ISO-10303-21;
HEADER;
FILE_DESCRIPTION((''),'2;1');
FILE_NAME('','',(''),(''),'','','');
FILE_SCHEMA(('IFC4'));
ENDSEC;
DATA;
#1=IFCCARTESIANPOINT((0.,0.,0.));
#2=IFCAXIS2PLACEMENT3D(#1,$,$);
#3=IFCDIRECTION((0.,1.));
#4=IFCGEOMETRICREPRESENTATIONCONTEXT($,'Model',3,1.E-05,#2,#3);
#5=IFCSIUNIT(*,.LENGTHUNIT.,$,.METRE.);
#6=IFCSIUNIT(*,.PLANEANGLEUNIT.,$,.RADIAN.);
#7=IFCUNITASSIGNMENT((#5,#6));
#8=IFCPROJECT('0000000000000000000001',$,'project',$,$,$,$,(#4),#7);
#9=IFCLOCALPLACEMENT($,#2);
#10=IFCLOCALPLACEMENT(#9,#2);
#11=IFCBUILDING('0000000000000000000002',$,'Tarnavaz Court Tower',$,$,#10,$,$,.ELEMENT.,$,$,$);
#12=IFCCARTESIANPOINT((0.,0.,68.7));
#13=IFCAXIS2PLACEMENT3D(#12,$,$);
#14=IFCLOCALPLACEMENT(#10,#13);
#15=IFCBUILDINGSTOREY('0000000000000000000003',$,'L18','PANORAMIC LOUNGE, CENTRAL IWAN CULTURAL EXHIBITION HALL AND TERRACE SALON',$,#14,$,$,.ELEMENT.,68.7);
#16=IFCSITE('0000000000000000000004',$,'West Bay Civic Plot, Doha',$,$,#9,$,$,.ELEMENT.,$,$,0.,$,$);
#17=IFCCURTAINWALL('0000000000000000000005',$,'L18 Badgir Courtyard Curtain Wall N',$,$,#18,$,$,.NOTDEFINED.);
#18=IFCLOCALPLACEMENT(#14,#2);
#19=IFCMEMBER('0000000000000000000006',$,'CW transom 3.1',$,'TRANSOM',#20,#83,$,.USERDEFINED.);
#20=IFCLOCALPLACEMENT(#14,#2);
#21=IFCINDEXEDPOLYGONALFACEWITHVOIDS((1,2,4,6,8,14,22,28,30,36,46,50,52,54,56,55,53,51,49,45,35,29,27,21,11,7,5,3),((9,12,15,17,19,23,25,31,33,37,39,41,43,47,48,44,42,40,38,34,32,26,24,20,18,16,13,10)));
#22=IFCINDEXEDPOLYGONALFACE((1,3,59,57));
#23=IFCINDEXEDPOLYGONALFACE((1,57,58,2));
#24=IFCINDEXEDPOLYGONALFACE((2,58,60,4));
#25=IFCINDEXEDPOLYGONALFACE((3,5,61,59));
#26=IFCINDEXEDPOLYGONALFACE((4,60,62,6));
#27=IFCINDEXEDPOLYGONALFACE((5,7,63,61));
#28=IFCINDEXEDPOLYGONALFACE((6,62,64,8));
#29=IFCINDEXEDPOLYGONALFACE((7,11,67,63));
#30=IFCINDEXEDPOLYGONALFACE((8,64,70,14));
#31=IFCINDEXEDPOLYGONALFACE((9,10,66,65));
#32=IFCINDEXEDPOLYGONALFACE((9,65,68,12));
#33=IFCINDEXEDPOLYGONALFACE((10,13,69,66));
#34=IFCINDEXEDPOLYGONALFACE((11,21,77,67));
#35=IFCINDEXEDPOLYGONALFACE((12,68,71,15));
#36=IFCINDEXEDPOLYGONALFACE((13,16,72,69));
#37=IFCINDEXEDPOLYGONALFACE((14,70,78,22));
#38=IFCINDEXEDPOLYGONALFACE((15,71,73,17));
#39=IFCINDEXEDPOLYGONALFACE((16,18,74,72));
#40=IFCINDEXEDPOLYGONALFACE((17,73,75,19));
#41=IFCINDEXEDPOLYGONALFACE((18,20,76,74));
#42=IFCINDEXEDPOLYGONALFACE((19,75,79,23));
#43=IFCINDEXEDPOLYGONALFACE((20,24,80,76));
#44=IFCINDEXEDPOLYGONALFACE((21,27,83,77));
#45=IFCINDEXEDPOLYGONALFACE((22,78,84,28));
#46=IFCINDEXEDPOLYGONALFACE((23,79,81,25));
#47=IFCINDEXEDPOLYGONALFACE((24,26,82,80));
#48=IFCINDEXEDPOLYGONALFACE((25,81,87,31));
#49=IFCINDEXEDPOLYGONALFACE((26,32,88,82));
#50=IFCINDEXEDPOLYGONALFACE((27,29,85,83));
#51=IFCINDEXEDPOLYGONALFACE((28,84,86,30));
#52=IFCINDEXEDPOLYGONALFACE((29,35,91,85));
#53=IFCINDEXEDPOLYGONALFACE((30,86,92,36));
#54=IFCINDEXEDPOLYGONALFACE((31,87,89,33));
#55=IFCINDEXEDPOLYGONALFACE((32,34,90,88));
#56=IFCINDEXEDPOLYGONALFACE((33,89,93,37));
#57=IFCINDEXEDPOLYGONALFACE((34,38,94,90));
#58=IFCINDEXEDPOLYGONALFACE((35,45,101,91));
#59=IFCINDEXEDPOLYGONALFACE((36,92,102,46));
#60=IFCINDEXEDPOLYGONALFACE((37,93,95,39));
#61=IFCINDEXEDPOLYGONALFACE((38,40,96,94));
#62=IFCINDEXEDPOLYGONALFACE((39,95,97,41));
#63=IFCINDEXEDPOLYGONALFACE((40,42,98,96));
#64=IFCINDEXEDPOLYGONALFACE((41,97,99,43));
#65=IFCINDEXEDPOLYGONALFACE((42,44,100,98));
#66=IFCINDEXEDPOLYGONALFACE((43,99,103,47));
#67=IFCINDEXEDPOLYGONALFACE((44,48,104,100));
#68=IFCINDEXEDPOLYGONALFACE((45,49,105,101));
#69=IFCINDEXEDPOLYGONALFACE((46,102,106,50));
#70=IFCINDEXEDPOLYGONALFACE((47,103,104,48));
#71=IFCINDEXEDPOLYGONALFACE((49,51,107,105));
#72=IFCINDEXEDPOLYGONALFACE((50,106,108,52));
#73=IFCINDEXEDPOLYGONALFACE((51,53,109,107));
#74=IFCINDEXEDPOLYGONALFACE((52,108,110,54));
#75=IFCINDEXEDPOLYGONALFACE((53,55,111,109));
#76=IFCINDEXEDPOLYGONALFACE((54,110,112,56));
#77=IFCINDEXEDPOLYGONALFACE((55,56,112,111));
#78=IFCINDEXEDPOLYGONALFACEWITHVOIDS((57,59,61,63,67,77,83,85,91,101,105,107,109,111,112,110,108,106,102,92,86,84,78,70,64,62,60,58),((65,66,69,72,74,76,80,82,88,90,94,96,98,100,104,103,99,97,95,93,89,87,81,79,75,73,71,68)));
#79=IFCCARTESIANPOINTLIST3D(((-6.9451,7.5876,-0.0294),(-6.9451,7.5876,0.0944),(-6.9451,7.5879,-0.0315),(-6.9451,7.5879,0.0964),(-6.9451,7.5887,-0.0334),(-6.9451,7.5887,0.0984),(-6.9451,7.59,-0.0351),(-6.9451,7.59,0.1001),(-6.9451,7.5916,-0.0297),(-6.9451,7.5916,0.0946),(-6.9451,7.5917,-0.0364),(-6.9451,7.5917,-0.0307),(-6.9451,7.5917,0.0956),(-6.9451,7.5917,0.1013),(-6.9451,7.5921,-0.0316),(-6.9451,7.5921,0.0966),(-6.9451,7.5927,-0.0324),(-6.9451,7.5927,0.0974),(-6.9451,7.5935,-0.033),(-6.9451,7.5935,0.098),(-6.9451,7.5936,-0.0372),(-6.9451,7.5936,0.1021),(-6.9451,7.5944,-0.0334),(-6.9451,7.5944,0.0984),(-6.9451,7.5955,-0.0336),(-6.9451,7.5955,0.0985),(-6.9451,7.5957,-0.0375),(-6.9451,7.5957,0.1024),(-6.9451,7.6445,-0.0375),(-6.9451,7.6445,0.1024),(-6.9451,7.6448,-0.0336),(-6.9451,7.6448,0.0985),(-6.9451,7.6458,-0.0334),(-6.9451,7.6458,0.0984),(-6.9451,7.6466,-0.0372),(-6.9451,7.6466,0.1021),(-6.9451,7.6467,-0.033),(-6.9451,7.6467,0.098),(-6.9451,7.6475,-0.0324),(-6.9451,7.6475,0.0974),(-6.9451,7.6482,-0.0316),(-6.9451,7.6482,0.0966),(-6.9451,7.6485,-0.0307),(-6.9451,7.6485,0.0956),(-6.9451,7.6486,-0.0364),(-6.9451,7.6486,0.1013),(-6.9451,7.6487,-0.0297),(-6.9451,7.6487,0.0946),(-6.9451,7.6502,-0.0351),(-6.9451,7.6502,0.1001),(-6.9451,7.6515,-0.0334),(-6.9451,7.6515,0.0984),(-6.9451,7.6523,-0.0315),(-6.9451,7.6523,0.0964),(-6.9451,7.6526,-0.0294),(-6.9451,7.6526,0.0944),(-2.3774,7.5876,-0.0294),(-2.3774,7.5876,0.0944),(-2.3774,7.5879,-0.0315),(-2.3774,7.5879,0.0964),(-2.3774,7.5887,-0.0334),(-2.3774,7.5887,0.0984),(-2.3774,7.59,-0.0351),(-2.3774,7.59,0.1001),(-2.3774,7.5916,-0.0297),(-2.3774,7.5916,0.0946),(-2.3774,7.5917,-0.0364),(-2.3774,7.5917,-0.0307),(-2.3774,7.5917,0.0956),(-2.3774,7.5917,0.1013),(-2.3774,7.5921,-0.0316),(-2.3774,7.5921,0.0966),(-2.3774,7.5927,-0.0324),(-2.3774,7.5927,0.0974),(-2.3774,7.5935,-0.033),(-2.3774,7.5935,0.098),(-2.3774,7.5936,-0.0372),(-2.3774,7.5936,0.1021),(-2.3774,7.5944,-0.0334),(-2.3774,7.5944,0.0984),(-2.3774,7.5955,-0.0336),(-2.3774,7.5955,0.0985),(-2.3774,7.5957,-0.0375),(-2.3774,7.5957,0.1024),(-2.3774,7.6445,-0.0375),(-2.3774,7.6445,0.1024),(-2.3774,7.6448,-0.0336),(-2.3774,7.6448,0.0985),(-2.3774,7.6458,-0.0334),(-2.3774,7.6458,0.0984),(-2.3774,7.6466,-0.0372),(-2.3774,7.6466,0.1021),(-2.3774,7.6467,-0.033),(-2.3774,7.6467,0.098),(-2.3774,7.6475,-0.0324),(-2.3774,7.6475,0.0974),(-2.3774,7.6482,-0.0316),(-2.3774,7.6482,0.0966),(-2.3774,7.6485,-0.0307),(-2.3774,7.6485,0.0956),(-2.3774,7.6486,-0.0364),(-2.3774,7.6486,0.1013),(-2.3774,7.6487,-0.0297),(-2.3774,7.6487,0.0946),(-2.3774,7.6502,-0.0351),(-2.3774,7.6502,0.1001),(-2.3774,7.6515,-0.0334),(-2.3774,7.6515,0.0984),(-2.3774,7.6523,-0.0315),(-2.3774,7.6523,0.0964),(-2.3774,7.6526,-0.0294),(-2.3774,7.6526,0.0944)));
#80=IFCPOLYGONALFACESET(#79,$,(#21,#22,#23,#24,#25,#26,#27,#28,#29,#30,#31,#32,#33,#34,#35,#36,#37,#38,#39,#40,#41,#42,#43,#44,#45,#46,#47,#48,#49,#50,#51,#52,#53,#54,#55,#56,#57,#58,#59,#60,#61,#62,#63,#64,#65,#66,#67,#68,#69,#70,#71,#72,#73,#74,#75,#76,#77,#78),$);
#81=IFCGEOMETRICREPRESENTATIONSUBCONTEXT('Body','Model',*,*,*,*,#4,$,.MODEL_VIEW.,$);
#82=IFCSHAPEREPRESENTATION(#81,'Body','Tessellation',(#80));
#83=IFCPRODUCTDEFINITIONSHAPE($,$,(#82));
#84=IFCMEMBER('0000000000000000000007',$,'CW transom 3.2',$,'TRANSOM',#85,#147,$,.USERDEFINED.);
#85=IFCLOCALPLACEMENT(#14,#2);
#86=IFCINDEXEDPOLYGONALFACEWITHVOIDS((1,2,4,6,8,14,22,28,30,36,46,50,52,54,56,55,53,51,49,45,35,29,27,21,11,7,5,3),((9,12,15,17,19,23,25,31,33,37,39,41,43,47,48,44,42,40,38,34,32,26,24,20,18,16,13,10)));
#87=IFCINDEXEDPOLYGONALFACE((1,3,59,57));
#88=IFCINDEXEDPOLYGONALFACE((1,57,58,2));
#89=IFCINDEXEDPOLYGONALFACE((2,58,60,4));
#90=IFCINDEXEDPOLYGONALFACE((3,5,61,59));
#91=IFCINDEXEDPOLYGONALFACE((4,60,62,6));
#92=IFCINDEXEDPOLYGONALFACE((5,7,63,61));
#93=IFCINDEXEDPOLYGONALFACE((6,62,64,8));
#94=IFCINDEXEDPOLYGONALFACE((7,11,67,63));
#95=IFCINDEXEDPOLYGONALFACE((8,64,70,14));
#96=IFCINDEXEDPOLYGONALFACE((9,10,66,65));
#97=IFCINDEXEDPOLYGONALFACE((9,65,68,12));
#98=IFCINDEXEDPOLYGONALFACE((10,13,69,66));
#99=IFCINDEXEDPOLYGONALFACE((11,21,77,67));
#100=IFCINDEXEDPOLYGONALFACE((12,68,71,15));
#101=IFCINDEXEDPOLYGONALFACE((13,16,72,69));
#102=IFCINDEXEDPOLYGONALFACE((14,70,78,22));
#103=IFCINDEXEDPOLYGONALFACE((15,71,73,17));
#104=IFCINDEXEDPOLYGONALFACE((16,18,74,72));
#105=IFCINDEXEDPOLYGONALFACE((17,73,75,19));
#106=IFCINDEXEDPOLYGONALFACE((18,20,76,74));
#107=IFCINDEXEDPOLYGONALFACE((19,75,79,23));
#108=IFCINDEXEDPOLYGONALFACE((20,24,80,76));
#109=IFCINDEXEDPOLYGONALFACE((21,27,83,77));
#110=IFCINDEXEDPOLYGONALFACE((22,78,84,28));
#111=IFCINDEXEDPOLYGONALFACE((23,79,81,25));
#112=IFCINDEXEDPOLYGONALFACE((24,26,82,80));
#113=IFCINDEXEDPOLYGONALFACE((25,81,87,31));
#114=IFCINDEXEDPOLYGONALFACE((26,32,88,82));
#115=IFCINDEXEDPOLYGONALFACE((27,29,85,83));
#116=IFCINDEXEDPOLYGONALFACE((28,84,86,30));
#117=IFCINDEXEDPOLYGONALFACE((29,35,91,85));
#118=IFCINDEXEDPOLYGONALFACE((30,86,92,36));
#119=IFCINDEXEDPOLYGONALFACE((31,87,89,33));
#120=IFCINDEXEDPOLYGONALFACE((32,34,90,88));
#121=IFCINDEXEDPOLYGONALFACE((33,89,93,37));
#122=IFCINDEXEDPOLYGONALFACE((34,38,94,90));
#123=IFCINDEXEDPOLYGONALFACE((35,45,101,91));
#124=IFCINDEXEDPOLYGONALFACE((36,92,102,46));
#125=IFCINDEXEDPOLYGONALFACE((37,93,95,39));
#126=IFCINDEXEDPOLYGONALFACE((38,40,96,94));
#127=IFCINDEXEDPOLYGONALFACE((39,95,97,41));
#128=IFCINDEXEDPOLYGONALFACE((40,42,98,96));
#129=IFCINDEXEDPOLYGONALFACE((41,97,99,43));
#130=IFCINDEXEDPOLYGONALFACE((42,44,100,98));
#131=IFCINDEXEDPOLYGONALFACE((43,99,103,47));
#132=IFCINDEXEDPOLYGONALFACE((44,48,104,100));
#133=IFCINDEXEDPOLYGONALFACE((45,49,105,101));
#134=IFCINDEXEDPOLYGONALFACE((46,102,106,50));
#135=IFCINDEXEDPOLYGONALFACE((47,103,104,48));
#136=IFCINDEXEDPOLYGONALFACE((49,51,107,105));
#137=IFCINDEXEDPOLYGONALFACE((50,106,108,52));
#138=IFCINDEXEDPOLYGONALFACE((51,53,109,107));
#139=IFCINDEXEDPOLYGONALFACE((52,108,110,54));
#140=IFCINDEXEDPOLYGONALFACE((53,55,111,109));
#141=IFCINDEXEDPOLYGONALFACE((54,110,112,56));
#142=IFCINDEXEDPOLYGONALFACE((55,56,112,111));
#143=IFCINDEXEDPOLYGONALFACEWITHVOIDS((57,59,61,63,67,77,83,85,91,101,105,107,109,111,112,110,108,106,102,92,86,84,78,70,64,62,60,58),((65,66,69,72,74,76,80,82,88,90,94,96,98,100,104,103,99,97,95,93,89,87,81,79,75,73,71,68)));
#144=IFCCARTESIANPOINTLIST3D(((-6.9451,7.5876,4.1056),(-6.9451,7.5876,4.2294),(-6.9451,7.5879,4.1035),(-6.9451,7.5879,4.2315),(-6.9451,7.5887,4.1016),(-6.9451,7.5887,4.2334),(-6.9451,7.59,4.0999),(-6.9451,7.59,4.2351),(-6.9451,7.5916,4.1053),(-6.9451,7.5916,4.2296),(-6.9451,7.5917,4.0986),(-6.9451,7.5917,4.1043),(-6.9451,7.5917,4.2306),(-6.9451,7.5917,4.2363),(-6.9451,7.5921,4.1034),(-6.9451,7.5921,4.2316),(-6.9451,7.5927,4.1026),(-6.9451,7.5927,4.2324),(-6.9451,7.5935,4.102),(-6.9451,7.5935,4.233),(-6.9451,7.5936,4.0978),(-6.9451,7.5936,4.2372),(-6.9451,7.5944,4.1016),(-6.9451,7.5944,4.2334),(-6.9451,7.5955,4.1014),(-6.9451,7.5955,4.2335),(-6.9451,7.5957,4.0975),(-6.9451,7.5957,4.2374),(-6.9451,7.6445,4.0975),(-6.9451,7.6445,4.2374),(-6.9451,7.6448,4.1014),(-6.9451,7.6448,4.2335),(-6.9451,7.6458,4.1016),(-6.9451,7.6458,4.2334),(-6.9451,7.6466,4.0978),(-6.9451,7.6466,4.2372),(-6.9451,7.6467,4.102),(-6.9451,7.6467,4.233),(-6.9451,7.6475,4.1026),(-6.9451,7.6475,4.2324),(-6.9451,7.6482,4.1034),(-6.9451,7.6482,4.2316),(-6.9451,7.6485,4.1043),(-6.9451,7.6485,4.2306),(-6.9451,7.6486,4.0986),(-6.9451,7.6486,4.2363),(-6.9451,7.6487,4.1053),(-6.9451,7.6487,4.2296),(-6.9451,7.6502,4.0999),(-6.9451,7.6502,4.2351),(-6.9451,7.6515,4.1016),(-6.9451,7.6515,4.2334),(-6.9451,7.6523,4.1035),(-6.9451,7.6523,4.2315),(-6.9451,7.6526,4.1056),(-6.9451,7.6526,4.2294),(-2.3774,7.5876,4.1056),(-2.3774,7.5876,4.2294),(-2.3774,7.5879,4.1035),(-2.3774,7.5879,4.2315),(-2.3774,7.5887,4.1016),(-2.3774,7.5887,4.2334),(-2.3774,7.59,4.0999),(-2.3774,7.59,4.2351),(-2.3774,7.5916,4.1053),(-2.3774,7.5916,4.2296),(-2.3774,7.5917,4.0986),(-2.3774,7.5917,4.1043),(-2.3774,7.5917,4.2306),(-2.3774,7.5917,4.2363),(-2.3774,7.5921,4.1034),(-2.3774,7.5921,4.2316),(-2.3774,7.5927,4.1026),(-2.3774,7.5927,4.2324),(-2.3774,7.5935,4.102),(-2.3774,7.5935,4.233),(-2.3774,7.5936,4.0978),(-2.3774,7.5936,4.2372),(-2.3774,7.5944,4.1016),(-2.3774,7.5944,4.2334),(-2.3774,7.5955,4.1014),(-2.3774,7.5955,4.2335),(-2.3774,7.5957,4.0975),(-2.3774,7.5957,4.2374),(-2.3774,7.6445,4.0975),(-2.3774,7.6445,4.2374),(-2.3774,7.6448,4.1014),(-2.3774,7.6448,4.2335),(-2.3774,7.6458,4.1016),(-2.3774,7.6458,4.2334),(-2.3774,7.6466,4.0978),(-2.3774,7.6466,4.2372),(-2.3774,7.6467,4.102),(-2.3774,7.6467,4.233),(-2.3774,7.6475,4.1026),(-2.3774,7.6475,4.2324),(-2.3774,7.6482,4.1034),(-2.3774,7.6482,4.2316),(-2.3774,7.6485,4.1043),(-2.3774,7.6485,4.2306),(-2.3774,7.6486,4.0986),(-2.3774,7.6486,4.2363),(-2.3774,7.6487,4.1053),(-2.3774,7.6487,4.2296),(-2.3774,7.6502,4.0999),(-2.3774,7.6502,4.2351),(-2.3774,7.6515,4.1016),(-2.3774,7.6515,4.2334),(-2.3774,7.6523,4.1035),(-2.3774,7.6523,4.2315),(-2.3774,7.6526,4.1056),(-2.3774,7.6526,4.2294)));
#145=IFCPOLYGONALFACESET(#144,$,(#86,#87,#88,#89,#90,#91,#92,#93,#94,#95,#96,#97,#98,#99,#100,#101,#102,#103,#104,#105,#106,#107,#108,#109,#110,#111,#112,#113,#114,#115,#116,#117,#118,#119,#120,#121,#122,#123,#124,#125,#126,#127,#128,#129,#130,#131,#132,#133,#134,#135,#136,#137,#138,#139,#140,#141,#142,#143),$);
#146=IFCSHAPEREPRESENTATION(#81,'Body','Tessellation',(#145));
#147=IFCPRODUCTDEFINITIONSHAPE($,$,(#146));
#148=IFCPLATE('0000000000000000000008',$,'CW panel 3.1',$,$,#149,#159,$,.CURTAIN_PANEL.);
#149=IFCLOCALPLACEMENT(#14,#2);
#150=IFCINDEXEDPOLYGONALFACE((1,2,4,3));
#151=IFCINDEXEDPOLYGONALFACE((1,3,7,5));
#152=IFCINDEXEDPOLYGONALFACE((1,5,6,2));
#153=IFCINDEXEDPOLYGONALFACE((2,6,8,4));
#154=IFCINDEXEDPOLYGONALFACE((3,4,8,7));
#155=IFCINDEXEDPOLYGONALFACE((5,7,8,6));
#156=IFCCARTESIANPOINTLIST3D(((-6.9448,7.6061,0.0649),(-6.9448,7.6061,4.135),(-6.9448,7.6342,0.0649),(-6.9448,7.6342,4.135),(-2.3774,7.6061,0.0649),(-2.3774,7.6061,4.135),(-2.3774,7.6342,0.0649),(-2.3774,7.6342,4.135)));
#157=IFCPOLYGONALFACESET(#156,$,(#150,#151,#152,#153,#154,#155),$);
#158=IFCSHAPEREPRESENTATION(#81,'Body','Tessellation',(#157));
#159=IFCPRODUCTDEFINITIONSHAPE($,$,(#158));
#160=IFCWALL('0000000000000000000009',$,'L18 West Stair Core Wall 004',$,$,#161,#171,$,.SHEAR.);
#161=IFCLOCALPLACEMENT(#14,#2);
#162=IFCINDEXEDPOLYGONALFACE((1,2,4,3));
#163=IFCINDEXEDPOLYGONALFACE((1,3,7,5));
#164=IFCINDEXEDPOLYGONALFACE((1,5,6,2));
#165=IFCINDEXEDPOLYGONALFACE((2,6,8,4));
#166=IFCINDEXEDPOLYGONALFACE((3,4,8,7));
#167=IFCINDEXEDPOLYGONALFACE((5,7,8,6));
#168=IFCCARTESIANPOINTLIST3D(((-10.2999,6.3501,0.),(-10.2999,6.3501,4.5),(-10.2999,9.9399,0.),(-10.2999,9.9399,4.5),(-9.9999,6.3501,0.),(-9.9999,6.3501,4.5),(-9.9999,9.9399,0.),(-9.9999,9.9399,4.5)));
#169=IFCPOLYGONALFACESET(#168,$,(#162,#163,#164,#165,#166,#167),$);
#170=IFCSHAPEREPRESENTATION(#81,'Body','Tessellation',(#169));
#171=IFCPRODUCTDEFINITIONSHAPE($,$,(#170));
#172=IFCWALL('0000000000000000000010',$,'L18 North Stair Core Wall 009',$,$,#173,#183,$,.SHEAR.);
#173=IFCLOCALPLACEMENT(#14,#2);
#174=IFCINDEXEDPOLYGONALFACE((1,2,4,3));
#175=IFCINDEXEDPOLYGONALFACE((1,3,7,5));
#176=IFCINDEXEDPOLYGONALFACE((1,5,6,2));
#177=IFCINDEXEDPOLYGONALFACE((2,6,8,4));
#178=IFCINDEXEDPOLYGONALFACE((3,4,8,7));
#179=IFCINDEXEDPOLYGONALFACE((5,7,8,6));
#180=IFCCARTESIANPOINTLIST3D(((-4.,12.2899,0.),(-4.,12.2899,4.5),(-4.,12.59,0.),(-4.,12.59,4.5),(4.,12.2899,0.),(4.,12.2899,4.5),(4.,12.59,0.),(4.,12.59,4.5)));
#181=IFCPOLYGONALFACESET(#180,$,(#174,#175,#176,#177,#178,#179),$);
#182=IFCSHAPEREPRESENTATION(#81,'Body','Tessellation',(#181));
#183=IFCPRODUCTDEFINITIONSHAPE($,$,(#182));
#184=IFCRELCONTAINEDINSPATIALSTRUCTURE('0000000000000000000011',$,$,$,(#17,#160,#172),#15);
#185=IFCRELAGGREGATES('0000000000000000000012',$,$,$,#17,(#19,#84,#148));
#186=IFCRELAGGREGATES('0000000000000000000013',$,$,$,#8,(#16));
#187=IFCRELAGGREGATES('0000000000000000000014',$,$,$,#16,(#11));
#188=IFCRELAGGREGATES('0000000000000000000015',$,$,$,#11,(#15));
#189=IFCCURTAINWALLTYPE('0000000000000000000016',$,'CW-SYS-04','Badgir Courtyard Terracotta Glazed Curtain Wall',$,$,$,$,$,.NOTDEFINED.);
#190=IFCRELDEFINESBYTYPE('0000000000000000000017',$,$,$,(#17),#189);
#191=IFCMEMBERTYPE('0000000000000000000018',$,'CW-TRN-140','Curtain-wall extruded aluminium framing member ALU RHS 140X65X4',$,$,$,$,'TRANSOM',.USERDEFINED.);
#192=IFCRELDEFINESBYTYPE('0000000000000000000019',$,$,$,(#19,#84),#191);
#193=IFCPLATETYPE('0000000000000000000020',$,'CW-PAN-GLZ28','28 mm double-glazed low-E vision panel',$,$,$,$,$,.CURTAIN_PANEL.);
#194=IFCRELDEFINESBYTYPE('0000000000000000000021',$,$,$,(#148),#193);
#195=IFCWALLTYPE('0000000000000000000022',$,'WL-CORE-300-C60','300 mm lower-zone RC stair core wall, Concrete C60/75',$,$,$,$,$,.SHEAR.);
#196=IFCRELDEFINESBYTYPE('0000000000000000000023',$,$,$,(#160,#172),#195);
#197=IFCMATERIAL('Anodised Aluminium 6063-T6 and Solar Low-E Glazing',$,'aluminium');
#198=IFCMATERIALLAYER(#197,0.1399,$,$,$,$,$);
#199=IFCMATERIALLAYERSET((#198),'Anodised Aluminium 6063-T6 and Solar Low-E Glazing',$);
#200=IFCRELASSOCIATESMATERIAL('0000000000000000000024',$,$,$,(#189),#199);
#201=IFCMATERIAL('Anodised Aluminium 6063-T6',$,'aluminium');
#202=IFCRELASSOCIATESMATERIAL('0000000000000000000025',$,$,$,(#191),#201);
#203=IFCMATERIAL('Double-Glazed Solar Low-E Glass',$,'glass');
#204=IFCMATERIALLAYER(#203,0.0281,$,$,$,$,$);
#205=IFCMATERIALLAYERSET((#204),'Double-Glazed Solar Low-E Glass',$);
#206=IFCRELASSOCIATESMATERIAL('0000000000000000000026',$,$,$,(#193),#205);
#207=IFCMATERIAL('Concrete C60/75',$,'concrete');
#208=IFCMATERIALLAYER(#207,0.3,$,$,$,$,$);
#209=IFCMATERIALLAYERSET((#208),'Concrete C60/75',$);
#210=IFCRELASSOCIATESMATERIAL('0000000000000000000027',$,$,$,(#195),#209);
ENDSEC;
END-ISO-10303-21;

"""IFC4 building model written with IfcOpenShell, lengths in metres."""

from ifc_helpers import new_model, si_unit, direction, frame, frame_2d, origin, origin_2d, place, context, subcontext, project, spatial, rectangle, hollow_rectangle, extrude, material, layer, layer_set, material_profile, profile_set, type_object, element, aggregate, save


model = new_model("IFC4")

# Units and contexts
model_context = context("Model", 3, precision=1e-05, world=origin(), true_north=direction((0.0, 1.0)))
body_context = subcontext(model_context, "Body", "Model", "MODEL_VIEW")
ifc_project = project(units=[si_unit("LENGTHUNIT", "METRE"), si_unit("PLANEANGLEUNIT", "RADIAN")], contexts=[model_context])

# Site, building, storey
site_placement = place(None, origin())
site = spatial("IfcSite", under=ifc_project, at=site_placement, Name="West Bay Civic Plot, Doha", CompositionType="ELEMENT", RefElevation=0.0)
building_placement = place(site_placement, origin())
building = spatial("IfcBuilding", under=site, at=building_placement, Name="Tarnavaz Court Tower", CompositionType="ELEMENT")
storey_placement = place(building_placement, frame((0.0, 0.0, 68.7)))
storey = spatial("IfcBuildingStorey", under=building, at=storey_placement, Name="L18", Description="PANORAMIC LOUNGE, CENTRAL IWAN CULTURAL EXHIBITION HALL AND TERRACE SALON", CompositionType="ELEMENT", Elevation=68.7)

# Shared definitions
ifc_material_1 = material(Name="Concrete C60/75", Category="concrete")

# Curtain wall, members, plate
ifc_material_2 = material(Name="Anodised Aluminium 6063-T6 and Solar Low-E Glazing", Category="aluminium")
ifc_layer_1 = layer(ifc_material_2, 0.1399)
ifc_layer_set_1 = layer_set([ifc_layer_1], Name="Anodised Aluminium 6063-T6 and Solar Low-E Glazing")
curtain_wall_type = type_object("IfcCurtainWallType", Name="CW-SYS-04", Description="Badgir Courtyard Terracotta Glazed Curtain Wall", PredefinedType="NOTDEFINED", material=ifc_layer_set_1)
curtain_wall_placement = place(storey_placement, origin())
curtain_wall = element("IfcCurtainWall", 1, at=curtain_wall_placement, inside=storey, type_object=curtain_wall_type, Name="L18 Badgir Courtyard Curtain Wall N", PredefinedType="NOTDEFINED")
ifc_material_3 = material(Name="Anodised Aluminium 6063-T6", Category="aluminium")
ifc_material_profile_1 = material_profile(ifc_material_3, hollow_rectangle(XDim=0.0649, YDim=0.1399, WallThickness=0.0039, InnerFilletRadius=0.0039, OuterFilletRadius=0.0081, at=origin_2d()), Name="ALU RHS 140X65X4")
ifc_profile_set_1 = profile_set([ifc_material_profile_1], Name="Anodised Aluminium 6063-T6")
member_type_1 = type_object("IfcMemberType", Name="CW-TRN-140", Description="Curtain-wall extruded aluminium framing member ALU RHS 140X65X4", ElementType="TRANSOM", PredefinedType="USERDEFINED", material=ifc_profile_set_1)
member_1_placement = place(storey_placement, frame((-2.3774, 7.6201, 0.0325), z_axis=(-1.0, 0.0, 0.0), x_axis=(0.0, -1.0, 0.0)))
member_1 = element("IfcMember", 2, at=member_1_placement, type_object=member_type_1, Name="CW transom 3.1", ObjectType="TRANSOM", PredefinedType="USERDEFINED", context=body_context, shape_type="SweptSolid", body=[
    extrude(hollow_rectangle(XDim=0.0649, YDim=0.1399, WallThickness=0.0039, InnerFilletRadius=0.0039, OuterFilletRadius=0.0081, at=origin_2d()), origin(), (0.0, 0.0, 1.0), 4.5676),
])
member_2_placement = place(storey_placement, frame((-2.3774, 7.6201, 4.1675), z_axis=(-1.0, 0.0, 0.0), x_axis=(0.0, -1.0, 0.0)))
member_2 = element("IfcMember", 3, at=member_2_placement, type_object=member_type_1, Name="CW transom 3.2", ObjectType="TRANSOM", PredefinedType="USERDEFINED", context=body_context, shape_type="SweptSolid", body=[
    extrude(hollow_rectangle(XDim=0.0649, YDim=0.1399, WallThickness=0.0039, InnerFilletRadius=0.0039, OuterFilletRadius=0.0081, at=origin_2d()), origin(), (0.0, 0.0, 1.0), 4.5676),
])
ifc_material_4 = material(Name="Double-Glazed Solar Low-E Glass", Category="glass")
ifc_layer_2 = layer(ifc_material_4, 0.0281)
ifc_layer_set_2 = layer_set([ifc_layer_2], Name="Double-Glazed Solar Low-E Glass")
plate_type = type_object("IfcPlateType", Name="CW-PAN-GLZ28", Description="28 mm double-glazed low-E vision panel", PredefinedType="CURTAIN_PANEL", material=ifc_layer_set_2)
plate_placement = place(storey_placement, frame((-4.6611, 7.6201, 0.0649), z_axis=(0.0, 0.0, 1.0), x_axis=(-1.0, 0.0, 0.0)))
plate = element("IfcPlate", 4, at=plate_placement, type_object=plate_type, Name="CW panel 3.1", PredefinedType="CURTAIN_PANEL", context=body_context, shape_type="SweptSolid", body=[
    extrude(rectangle(XDim=4.5674, YDim=0.0281, at=origin_2d()), origin(), (0.0, 0.0, 1.0), 4.0701),
])
aggregate(curtain_wall, [member_1, member_2, plate])

# Walls
ifc_layer_3 = layer(ifc_material_1, 0.3)
ifc_layer_set_3 = layer_set([ifc_layer_3], Name="Concrete C60/75")
wall_type_1 = type_object("IfcWallType", Name="WL-CORE-300-C60", Description="300 mm lower-zone RC stair core wall, Concrete C60/75", PredefinedType="SHEAR", material=ifc_layer_set_3)
wall_1_placement = place(storey_placement, frame((-10.1499, 6.3501, 0.0), z_axis=(0.0, 0.0, 1.0), x_axis=(0.0, 1.0, 0.0)))
element("IfcWall", 5, at=wall_1_placement, inside=storey, type_object=wall_type_1, Name="L18 West Stair Core Wall 004", PredefinedType="SHEAR", context=body_context, shape_type="SweptSolid", body=[
    extrude(rectangle(XDim=3.5898, YDim=0.3, at=frame_2d((1.7949, 0.0))), origin(), (0.0, 0.0, 1.0), 4.5),
])
wall_2_placement = place(storey_placement, frame((-4.0, 12.4399, 0.0), z_axis=(0.0, 0.0, 1.0), x_axis=(1.0, 0.0, 0.0)))
element("IfcWall", 6, at=wall_2_placement, inside=storey, type_object=wall_type_1, Name="L18 North Stair Core Wall 009", PredefinedType="SHEAR", context=body_context, shape_type="SweptSolid", body=[
    extrude(rectangle(XDim=8.0, YDim=0.3, at=frame_2d((4.0, 0.0))), origin(), (0.0, 0.0, 1.0), 4.5),
])

save(model, "model.ifc")
